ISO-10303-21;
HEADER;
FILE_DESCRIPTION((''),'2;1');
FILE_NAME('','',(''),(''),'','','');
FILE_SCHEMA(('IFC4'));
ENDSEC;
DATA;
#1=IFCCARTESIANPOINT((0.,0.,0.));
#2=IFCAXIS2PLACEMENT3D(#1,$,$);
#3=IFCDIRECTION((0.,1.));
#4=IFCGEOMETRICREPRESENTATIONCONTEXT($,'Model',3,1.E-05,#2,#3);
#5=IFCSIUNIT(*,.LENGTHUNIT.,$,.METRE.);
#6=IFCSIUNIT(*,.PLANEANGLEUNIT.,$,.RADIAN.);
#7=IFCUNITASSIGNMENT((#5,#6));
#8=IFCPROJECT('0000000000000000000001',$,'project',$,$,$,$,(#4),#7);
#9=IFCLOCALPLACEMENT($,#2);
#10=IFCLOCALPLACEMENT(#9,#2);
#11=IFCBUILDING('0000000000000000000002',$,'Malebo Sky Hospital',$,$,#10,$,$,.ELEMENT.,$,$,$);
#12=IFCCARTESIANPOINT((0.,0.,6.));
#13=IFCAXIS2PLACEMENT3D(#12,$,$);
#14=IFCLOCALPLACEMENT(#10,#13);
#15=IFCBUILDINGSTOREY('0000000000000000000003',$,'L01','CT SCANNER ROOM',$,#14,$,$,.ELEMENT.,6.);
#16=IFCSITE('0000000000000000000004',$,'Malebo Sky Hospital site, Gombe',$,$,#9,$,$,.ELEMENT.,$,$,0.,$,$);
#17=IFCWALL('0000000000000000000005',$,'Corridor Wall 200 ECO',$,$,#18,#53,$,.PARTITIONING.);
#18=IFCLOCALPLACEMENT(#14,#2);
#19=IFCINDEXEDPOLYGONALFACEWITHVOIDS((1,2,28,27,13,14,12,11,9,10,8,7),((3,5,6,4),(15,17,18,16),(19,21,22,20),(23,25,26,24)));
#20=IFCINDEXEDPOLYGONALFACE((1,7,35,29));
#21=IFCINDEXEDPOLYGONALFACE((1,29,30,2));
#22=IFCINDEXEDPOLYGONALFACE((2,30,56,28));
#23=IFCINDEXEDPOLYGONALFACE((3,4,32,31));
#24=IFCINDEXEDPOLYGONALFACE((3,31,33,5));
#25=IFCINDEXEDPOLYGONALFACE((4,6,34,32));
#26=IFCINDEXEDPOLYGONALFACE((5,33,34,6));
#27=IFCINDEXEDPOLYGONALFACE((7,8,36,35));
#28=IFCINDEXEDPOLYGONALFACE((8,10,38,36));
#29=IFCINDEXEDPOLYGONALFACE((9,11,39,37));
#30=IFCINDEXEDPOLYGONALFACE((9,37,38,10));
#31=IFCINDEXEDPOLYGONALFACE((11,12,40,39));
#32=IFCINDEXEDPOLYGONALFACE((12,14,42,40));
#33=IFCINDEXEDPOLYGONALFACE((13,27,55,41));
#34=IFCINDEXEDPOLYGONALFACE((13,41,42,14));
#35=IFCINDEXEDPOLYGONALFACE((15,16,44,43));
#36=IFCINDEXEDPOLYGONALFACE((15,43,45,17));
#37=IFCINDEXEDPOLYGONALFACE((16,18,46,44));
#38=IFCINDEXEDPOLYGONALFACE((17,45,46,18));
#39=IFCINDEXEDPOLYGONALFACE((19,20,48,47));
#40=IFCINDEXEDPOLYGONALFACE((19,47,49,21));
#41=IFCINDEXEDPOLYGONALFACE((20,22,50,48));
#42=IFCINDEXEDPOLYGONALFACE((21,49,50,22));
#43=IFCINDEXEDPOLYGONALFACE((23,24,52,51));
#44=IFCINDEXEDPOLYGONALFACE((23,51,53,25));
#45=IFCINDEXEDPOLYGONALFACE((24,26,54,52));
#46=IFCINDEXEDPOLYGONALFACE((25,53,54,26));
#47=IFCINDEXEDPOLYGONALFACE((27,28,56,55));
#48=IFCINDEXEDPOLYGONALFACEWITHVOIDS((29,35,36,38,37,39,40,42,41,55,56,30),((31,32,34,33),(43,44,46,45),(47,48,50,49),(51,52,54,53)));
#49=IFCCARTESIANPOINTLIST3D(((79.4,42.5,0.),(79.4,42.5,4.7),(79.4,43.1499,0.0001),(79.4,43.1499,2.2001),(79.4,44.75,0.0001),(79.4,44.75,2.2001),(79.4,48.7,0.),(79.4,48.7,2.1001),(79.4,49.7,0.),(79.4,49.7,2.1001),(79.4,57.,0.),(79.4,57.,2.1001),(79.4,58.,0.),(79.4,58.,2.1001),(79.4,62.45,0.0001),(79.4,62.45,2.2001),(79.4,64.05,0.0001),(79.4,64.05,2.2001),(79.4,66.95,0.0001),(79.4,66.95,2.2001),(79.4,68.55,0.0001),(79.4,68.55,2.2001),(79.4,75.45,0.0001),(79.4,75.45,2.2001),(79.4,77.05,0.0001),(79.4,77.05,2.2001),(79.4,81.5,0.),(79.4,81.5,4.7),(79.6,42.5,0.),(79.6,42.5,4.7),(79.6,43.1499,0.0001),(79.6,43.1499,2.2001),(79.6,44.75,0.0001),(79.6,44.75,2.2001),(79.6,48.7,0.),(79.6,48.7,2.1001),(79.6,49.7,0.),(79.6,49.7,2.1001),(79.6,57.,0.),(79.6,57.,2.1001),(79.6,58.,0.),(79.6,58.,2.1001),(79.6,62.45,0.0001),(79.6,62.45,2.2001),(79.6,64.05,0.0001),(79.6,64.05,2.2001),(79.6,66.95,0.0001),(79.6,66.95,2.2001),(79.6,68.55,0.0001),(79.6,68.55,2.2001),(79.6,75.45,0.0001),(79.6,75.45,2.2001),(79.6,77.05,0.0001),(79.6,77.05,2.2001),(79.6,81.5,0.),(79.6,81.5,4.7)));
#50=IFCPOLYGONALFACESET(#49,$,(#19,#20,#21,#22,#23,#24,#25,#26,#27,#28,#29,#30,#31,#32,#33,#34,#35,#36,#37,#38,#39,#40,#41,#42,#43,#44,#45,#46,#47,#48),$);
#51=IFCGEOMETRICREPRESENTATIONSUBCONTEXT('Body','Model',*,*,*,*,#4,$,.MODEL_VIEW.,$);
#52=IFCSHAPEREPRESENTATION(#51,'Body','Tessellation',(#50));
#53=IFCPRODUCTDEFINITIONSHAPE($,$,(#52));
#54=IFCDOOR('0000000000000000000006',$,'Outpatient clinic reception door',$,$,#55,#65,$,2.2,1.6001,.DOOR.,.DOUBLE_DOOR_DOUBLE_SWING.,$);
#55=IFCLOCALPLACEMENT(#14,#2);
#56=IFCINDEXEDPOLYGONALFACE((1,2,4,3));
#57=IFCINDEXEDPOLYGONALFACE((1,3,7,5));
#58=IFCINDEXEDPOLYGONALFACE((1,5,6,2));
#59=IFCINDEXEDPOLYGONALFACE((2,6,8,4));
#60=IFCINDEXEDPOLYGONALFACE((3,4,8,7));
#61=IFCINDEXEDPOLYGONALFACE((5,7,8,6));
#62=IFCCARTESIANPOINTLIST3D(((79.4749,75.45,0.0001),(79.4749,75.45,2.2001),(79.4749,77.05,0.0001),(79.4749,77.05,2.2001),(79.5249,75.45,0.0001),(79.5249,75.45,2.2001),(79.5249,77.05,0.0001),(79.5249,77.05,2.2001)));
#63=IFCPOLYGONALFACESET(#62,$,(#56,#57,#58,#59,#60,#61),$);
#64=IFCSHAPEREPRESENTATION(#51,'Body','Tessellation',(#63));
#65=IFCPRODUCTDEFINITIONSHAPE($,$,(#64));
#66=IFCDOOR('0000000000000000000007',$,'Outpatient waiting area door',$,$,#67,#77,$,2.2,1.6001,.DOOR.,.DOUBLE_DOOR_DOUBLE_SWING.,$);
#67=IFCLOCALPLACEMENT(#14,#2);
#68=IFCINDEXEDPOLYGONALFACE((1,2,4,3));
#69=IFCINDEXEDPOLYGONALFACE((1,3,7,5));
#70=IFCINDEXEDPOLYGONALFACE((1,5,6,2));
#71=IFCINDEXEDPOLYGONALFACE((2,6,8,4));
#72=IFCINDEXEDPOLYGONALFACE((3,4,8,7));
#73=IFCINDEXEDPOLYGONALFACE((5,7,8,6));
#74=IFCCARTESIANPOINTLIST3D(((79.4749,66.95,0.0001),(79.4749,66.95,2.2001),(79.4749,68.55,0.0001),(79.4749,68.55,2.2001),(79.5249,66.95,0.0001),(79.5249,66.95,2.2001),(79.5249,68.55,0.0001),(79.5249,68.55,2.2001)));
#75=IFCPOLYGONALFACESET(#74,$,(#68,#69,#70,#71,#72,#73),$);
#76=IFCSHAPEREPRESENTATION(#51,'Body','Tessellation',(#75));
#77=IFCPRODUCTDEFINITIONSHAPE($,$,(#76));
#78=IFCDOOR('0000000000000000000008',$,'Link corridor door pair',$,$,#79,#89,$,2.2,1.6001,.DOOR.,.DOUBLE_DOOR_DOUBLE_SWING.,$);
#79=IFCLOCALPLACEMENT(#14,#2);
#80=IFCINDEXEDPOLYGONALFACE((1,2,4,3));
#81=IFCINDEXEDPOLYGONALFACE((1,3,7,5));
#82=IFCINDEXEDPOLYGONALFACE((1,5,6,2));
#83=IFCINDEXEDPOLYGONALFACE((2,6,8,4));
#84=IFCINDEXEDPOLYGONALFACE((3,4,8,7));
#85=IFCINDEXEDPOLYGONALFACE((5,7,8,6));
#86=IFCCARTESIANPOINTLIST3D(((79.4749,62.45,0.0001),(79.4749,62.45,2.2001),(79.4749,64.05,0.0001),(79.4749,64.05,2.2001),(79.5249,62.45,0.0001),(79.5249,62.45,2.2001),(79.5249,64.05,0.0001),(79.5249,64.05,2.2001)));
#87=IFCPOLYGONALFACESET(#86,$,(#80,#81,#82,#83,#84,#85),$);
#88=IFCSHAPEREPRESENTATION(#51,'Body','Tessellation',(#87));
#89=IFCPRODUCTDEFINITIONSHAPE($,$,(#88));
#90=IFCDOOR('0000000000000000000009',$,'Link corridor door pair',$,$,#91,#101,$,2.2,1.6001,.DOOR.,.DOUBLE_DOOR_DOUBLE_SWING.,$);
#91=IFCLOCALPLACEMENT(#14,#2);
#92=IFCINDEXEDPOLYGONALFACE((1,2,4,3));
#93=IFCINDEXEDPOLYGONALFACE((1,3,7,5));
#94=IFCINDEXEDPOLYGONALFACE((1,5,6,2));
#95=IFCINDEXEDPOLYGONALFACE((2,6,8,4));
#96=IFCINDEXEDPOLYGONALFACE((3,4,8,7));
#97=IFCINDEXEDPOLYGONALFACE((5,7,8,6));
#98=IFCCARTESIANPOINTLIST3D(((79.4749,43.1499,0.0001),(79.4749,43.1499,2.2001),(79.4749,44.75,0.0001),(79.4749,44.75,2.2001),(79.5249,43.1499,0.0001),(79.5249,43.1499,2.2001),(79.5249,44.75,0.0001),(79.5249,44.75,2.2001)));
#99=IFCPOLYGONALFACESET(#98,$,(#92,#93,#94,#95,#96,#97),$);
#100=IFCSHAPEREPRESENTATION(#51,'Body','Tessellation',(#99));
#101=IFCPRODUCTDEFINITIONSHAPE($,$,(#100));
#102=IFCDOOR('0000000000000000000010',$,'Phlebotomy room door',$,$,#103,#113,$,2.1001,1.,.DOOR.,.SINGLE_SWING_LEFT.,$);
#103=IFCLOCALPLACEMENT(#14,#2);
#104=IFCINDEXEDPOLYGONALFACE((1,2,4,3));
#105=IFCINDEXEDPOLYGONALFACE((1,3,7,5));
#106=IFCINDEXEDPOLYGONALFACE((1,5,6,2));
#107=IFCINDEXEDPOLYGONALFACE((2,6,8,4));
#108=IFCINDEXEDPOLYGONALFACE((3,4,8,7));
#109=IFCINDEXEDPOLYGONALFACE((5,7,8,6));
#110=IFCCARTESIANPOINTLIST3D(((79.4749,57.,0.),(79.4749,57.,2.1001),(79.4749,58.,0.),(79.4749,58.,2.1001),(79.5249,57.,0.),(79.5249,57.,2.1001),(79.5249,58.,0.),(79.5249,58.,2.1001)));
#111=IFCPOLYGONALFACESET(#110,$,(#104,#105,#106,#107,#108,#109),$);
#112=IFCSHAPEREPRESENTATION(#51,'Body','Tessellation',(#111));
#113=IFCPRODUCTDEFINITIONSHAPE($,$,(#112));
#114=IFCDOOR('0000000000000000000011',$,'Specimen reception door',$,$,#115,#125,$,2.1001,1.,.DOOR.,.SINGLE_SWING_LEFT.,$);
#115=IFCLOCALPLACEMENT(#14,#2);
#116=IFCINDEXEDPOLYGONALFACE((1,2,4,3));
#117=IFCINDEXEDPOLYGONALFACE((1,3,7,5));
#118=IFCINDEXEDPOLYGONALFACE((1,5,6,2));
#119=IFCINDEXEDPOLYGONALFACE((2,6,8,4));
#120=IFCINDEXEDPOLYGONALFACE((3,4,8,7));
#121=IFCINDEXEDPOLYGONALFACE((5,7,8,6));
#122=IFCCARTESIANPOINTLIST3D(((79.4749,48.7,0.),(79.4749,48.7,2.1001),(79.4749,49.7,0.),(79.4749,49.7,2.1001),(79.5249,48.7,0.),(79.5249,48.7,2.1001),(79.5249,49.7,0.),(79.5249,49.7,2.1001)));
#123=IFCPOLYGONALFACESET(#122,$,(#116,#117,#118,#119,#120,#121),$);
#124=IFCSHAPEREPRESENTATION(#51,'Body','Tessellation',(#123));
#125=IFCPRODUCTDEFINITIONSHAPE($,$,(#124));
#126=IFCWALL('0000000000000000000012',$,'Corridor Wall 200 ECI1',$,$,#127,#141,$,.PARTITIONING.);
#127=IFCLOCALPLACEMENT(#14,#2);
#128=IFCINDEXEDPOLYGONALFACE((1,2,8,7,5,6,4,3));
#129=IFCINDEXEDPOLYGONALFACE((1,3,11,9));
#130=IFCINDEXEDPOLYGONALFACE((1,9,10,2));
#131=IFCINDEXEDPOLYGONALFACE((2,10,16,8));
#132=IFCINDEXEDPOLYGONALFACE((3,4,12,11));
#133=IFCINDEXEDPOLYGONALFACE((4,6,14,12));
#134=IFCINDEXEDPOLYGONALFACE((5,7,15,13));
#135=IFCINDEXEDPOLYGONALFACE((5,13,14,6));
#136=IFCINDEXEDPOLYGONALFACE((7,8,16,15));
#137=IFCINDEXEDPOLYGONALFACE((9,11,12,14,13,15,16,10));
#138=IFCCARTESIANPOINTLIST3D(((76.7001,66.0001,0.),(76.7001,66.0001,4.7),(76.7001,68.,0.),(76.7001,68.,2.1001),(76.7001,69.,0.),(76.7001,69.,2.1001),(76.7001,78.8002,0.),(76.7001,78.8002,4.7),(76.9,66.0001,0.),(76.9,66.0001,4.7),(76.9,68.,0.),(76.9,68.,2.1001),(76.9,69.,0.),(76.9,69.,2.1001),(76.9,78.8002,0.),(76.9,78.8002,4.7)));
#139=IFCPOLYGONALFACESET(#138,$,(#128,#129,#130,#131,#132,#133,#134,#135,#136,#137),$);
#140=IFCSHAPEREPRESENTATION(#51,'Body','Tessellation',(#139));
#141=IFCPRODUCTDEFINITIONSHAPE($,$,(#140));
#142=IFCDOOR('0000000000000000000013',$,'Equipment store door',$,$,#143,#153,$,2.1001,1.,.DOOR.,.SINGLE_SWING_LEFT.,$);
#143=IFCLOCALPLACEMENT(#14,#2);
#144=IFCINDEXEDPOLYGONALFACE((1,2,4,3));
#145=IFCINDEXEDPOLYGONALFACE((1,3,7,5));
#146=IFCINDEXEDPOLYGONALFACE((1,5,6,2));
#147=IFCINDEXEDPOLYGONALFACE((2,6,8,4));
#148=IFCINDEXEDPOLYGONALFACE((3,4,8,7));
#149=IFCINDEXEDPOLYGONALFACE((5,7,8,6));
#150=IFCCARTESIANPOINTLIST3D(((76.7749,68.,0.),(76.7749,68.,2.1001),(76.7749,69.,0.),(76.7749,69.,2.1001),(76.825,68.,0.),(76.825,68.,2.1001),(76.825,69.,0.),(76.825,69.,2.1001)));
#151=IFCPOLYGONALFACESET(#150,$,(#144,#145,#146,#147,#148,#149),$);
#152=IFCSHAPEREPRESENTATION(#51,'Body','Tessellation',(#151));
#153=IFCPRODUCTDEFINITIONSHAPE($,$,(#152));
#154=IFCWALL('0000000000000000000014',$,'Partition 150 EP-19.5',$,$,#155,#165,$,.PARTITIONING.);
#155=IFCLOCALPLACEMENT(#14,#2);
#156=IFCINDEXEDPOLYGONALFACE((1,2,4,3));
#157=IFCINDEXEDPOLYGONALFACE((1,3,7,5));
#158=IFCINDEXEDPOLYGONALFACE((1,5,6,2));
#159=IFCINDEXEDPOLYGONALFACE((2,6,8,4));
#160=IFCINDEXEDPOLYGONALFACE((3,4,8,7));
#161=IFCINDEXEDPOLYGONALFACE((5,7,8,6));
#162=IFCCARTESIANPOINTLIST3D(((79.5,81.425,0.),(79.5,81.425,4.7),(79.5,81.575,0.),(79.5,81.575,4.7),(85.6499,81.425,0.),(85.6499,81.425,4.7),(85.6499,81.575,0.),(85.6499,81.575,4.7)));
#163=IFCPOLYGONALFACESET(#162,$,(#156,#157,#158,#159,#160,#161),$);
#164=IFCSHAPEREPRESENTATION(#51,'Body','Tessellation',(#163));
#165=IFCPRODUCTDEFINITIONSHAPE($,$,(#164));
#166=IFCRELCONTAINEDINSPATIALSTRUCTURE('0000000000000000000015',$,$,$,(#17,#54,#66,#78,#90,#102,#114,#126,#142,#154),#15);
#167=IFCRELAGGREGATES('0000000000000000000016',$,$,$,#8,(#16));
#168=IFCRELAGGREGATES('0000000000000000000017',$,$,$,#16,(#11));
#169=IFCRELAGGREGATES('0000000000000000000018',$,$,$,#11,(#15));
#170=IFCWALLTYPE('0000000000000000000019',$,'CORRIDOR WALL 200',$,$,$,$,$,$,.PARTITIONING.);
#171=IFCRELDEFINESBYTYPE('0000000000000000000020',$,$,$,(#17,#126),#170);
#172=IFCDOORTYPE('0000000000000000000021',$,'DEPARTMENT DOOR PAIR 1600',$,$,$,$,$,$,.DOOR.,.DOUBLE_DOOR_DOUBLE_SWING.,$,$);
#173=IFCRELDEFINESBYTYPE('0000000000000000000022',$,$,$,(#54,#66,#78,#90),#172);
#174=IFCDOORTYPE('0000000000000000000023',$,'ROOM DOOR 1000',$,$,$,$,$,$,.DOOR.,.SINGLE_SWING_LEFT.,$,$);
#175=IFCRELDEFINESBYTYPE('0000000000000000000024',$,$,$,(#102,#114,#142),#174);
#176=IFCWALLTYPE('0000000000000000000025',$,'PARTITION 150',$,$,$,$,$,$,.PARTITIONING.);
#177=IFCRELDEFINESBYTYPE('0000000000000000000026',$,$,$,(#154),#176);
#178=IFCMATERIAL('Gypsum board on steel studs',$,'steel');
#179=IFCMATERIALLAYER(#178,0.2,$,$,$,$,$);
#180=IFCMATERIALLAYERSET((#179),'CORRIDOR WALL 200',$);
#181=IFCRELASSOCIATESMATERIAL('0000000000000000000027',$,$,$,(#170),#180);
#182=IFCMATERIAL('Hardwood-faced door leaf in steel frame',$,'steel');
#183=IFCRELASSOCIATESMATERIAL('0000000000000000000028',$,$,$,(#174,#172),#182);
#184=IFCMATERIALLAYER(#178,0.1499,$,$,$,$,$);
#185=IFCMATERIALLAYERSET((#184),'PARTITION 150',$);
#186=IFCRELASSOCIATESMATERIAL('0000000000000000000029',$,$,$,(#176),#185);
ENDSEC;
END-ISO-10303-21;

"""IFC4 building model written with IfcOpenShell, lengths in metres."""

from ifc_helpers import new_model, si_unit, direction, frame, frame_2d, origin, place, context, subcontext, project, spatial, rectangle, extrude, material, layer, layer_set, type_object, element, fill, save


model = new_model("IFC4")

# Units and contexts
model_context = context("Model", 3, precision=1e-05, world=origin(), true_north=direction((0.0, 1.0)))
body_context = subcontext(model_context, "Body", "Model", "MODEL_VIEW")
ifc_project = project(units=[si_unit("LENGTHUNIT", "METRE"), si_unit("PLANEANGLEUNIT", "RADIAN")], contexts=[model_context])

# Site, building, storey
site_placement = place(None, origin())
site = spatial("IfcSite", under=ifc_project, at=site_placement, Name="Malebo Sky Hospital site, Gombe", CompositionType="ELEMENT", RefElevation=0.0)
building_placement = place(site_placement, origin())
building = spatial("IfcBuilding", under=site, at=building_placement, Name="Malebo Sky Hospital", CompositionType="ELEMENT")
storey_placement = place(building_placement, frame((0.0, 0.0, 6.0)))
storey = spatial("IfcBuildingStorey", under=building, at=storey_placement, Name="L01", Description="CT SCANNER ROOM", CompositionType="ELEMENT", Elevation=6.0)

# Shared definitions
ifc_material_1 = material(Name="Gypsum board on steel studs", Category="steel")
ifc_layer_1 = layer(ifc_material_1, 0.2)
ifc_layer_set_1 = layer_set([ifc_layer_1], Name="CORRIDOR WALL 200")
wall_type_1 = type_object("IfcWallType", Name="CORRIDOR WALL 200", PredefinedType="PARTITIONING", material=ifc_layer_set_1)
ifc_material_2 = material(Name="Hardwood-faced door leaf in steel frame", Category="steel")
door_type_1 = type_object("IfcDoorType", Name="ROOM DOOR 1000", OperationType="SINGLE_SWING_LEFT", PredefinedType="DOOR", material=ifc_material_2)

# Wall, openings, doors
wall_1_placement = place(storey_placement, frame((79.5, 81.5, 0.0), z_axis=(0.0, 0.0, 1.0), x_axis=(0.0, -1.0, 0.0)))
wall_1 = element("IfcWall", 1, at=wall_1_placement, inside=storey, type_object=wall_type_1, Name="Corridor Wall 200 ECO", PredefinedType="PARTITIONING", context=body_context, shape_type="SweptSolid", body=[
    extrude(rectangle(XDim=39.0, YDim=0.2, at=frame_2d((19.5, 0.0))), origin(), (0.0, 0.0, 1.0), 4.7),
])
opening_1_placement = place(wall_1_placement, frame((4.45, 0.0, 0.0)))
opening_1 = element("IfcOpeningElement", 2, at=opening_1_placement, cuts=wall_1, PredefinedType="OPENING", context=body_context, shape_type="SweptSolid", body=[
    extrude(rectangle(XDim=1.6001, YDim=2.2, at=frame_2d((0.8, 1.1001))), frame((0.0, 0.1099, 0.0), z_axis=(0.0, -1.0, 0.0), x_axis=(1.0, 0.0, 0.0)), (0.0, 0.0, 1.0), 0.22),
])
opening_2_placement = place(wall_1_placement, frame((12.95, 0.0, 0.0)))
opening_2 = element("IfcOpeningElement", 3, at=opening_2_placement, cuts=wall_1, PredefinedType="OPENING", context=body_context, shape_type="SweptSolid", body=[
    extrude(rectangle(XDim=1.6001, YDim=2.2, at=frame_2d((0.8, 1.1001))), frame((0.0, 0.1099, 0.0), z_axis=(0.0, -1.0, 0.0), x_axis=(1.0, 0.0, 0.0)), (0.0, 0.0, 1.0), 0.22),
])
opening_3_placement = place(wall_1_placement, frame((17.45, 0.0, 0.0)))
opening_3 = element("IfcOpeningElement", 4, at=opening_3_placement, cuts=wall_1, PredefinedType="OPENING", context=body_context, shape_type="SweptSolid", body=[
    extrude(rectangle(XDim=1.6001, YDim=2.2, at=frame_2d((0.8, 1.1001))), frame((0.0, 0.1099, 0.0), z_axis=(0.0, -1.0, 0.0), x_axis=(1.0, 0.0, 0.0)), (0.0, 0.0, 1.0), 0.22),
])
opening_4_placement = place(wall_1_placement, frame((23.5, 0.0, 0.0)))
opening_4 = element("IfcOpeningElement", 5, at=opening_4_placement, cuts=wall_1, PredefinedType="OPENING", context=body_context, shape_type="SweptSolid", body=[
    extrude(rectangle(XDim=1.0, YDim=2.1001, at=frame_2d((0.5, 1.05))), frame((0.0, 0.1099, 0.0), z_axis=(0.0, -1.0, 0.0), x_axis=(1.0, 0.0, 0.0)), (0.0, 0.0, 1.0), 0.22),
])
opening_5_placement = place(wall_1_placement, frame((31.8, 0.0, 0.0)))
opening_5 = element("IfcOpeningElement", 6, at=opening_5_placement, cuts=wall_1, PredefinedType="OPENING", context=body_context, shape_type="SweptSolid", body=[
    extrude(rectangle(XDim=1.0, YDim=2.1001, at=frame_2d((0.5, 1.05))), frame((0.0, 0.1099, 0.0), z_axis=(0.0, -1.0, 0.0), x_axis=(1.0, 0.0, 0.0)), (0.0, 0.0, 1.0), 0.22),
])
opening_6_placement = place(wall_1_placement, frame((36.75, 0.0, 0.0)))
opening_6 = element("IfcOpeningElement", 7, at=opening_6_placement, cuts=wall_1, PredefinedType="OPENING", context=body_context, shape_type="SweptSolid", body=[
    extrude(rectangle(XDim=1.6001, YDim=2.2, at=frame_2d((0.8, 1.1001))), frame((0.0, 0.1099, 0.0), z_axis=(0.0, -1.0, 0.0), x_axis=(1.0, 0.0, 0.0)), (0.0, 0.0, 1.0), 0.22),
])
door_type_2 = type_object("IfcDoorType", Name="DEPARTMENT DOOR PAIR 1600", OperationType="DOUBLE_DOOR_DOUBLE_SWING", PredefinedType="DOOR", material=ifc_material_2)
door_1_placement = place(opening_1_placement, origin())
door_1 = element("IfcDoor", 8, at=door_1_placement, inside=storey, type_object=door_type_2, Name="Outpatient clinic reception door", OperationType="DOUBLE_DOOR_DOUBLE_SWING", OverallHeight=2.2, OverallWidth=1.6001, PredefinedType="DOOR", context=body_context, shape_type="SweptSolid", body=[
    extrude(rectangle(XDim=1.6001, YDim=2.2, at=frame_2d((0.8, 1.1001))), frame((0.0, 0.0249, 0.0), z_axis=(0.0, -1.0, 0.0), x_axis=(1.0, 0.0, 0.0)), (0.0, 0.0, 1.0), 0.05),
])
fill(opening_1, door_1)
door_2_placement = place(opening_2_placement, origin())
door_2 = element("IfcDoor", 9, at=door_2_placement, inside=storey, type_object=door_type_2, Name="Outpatient waiting area door", OperationType="DOUBLE_DOOR_DOUBLE_SWING", OverallHeight=2.2, OverallWidth=1.6001, PredefinedType="DOOR", context=body_context, shape_type="SweptSolid", body=[
    extrude(rectangle(XDim=1.6001, YDim=2.2, at=frame_2d((0.8, 1.1001))), frame((0.0, 0.0249, 0.0), z_axis=(0.0, -1.0, 0.0), x_axis=(1.0, 0.0, 0.0)), (0.0, 0.0, 1.0), 0.05),
])
fill(opening_2, door_2)
door_3_placement = place(opening_3_placement, origin())
door_3 = element("IfcDoor", 10, at=door_3_placement, inside=storey, type_object=door_type_2, Name="Link corridor door pair", OperationType="DOUBLE_DOOR_DOUBLE_SWING", OverallHeight=2.2, OverallWidth=1.6001, PredefinedType="DOOR", context=body_context, shape_type="SweptSolid", body=[
    extrude(rectangle(XDim=1.6001, YDim=2.2, at=frame_2d((0.8, 1.1001))), frame((0.0, 0.0249, 0.0), z_axis=(0.0, -1.0, 0.0), x_axis=(1.0, 0.0, 0.0)), (0.0, 0.0, 1.0), 0.05),
])
fill(opening_3, door_3)
door_4_placement = place(opening_6_placement, origin())
door_4 = element("IfcDoor", 11, at=door_4_placement, inside=storey, type_object=door_type_2, Name="Link corridor door pair", OperationType="DOUBLE_DOOR_DOUBLE_SWING", OverallHeight=2.2, OverallWidth=1.6001, PredefinedType="DOOR", context=body_context, shape_type="SweptSolid", body=[
    extrude(rectangle(XDim=1.6001, YDim=2.2, at=frame_2d((0.8, 1.1001))), frame((0.0, 0.0249, 0.0), z_axis=(0.0, -1.0, 0.0), x_axis=(1.0, 0.0, 0.0)), (0.0, 0.0, 1.0), 0.05),
])
fill(opening_6, door_4)
door_5_placement = place(opening_4_placement, origin())
door_5 = element("IfcDoor", 12, at=door_5_placement, inside=storey, type_object=door_type_1, Name="Phlebotomy room door", OperationType="SINGLE_SWING_LEFT", OverallHeight=2.1001, OverallWidth=1.0, PredefinedType="DOOR", context=body_context, shape_type="SweptSolid", body=[
    extrude(rectangle(XDim=1.0, YDim=2.1001, at=frame_2d((0.5, 1.05))), frame((0.0, 0.0249, 0.0), z_axis=(0.0, -1.0, 0.0), x_axis=(1.0, 0.0, 0.0)), (0.0, 0.0, 1.0), 0.05),
])
fill(opening_4, door_5)
door_6_placement = place(opening_5_placement, origin())
door_6 = element("IfcDoor", 13, at=door_6_placement, inside=storey, type_object=door_type_1, Name="Specimen reception door", OperationType="SINGLE_SWING_LEFT", OverallHeight=2.1001, OverallWidth=1.0, PredefinedType="DOOR", context=body_context, shape_type="SweptSolid", body=[
    extrude(rectangle(XDim=1.0, YDim=2.1001, at=frame_2d((0.5, 1.05))), frame((0.0, 0.0249, 0.0), z_axis=(0.0, -1.0, 0.0), x_axis=(1.0, 0.0, 0.0)), (0.0, 0.0, 1.0), 0.05),
])
fill(opening_5, door_6)

# Wall, opening, door
wall_2_placement = place(storey_placement, frame((76.8, 78.8, 0.0), z_axis=(0.0, 0.0, 1.0), x_axis=(0.0, -1.0, 0.0)))
wall_2 = element("IfcWall", 14, at=wall_2_placement, inside=storey, type_object=wall_type_1, Name="Corridor Wall 200 ECI1", PredefinedType="PARTITIONING", context=body_context, shape_type="SweptSolid", body=[
    extrude(rectangle(XDim=12.8, YDim=0.2, at=frame_2d((6.3999, 0.0))), origin(), (0.0, 0.0, 1.0), 4.7),
])
opening_7_placement = place(wall_2_placement, frame((9.8, 0.0, 0.0)))
opening_7 = element("IfcOpeningElement", 15, at=opening_7_placement, cuts=wall_2, PredefinedType="OPENING", context=body_context, shape_type="SweptSolid", body=[
    extrude(rectangle(XDim=1.0, YDim=2.1001, at=frame_2d((0.5, 1.05))), frame((0.0, 0.1099, 0.0), z_axis=(0.0, -1.0, 0.0), x_axis=(1.0, 0.0, 0.0)), (0.0, 0.0, 1.0), 0.22),
])
door_7_placement = place(opening_7_placement, origin())
door_7 = element("IfcDoor", 16, at=door_7_placement, inside=storey, type_object=door_type_1, Name="Equipment store door", OperationType="SINGLE_SWING_LEFT", OverallHeight=2.1001, OverallWidth=1.0, PredefinedType="DOOR", context=body_context, shape_type="SweptSolid", body=[
    extrude(rectangle(XDim=1.0, YDim=2.1001, at=frame_2d((0.5, 1.05))), frame((0.0, 0.0249, 0.0), z_axis=(0.0, -1.0, 0.0), x_axis=(1.0, 0.0, 0.0)), (0.0, 0.0, 1.0), 0.05),
])
fill(opening_7, door_7)

# Wall
ifc_layer_2 = layer(ifc_material_1, 0.1499)
ifc_layer_set_2 = layer_set([ifc_layer_2], Name="PARTITION 150")
wall_type_2 = type_object("IfcWallType", Name="PARTITION 150", PredefinedType="PARTITIONING", material=ifc_layer_set_2)
for number, where, z_axis, x_axis, name in (
    (17, (79.5, 81.5, 0.0), (0.0, 0.0, 1.0), (1.0, 0.0, 0.0), "Partition 150 EP-19.5"),
):
    element("IfcWall", number, at=place(storey_placement, frame(where, z_axis=z_axis, x_axis=x_axis)), inside=storey, type_object=wall_type_2, Name=name, PredefinedType="PARTITIONING", context=body_context, shape_type="SweptSolid", body=[
        extrude(rectangle(XDim=6.1499, YDim=0.1499, at=frame_2d((3.075, 0.0))), origin(), (0.0, 0.0, 1.0), 4.7),
    ])

save(model, "model.ifc")
